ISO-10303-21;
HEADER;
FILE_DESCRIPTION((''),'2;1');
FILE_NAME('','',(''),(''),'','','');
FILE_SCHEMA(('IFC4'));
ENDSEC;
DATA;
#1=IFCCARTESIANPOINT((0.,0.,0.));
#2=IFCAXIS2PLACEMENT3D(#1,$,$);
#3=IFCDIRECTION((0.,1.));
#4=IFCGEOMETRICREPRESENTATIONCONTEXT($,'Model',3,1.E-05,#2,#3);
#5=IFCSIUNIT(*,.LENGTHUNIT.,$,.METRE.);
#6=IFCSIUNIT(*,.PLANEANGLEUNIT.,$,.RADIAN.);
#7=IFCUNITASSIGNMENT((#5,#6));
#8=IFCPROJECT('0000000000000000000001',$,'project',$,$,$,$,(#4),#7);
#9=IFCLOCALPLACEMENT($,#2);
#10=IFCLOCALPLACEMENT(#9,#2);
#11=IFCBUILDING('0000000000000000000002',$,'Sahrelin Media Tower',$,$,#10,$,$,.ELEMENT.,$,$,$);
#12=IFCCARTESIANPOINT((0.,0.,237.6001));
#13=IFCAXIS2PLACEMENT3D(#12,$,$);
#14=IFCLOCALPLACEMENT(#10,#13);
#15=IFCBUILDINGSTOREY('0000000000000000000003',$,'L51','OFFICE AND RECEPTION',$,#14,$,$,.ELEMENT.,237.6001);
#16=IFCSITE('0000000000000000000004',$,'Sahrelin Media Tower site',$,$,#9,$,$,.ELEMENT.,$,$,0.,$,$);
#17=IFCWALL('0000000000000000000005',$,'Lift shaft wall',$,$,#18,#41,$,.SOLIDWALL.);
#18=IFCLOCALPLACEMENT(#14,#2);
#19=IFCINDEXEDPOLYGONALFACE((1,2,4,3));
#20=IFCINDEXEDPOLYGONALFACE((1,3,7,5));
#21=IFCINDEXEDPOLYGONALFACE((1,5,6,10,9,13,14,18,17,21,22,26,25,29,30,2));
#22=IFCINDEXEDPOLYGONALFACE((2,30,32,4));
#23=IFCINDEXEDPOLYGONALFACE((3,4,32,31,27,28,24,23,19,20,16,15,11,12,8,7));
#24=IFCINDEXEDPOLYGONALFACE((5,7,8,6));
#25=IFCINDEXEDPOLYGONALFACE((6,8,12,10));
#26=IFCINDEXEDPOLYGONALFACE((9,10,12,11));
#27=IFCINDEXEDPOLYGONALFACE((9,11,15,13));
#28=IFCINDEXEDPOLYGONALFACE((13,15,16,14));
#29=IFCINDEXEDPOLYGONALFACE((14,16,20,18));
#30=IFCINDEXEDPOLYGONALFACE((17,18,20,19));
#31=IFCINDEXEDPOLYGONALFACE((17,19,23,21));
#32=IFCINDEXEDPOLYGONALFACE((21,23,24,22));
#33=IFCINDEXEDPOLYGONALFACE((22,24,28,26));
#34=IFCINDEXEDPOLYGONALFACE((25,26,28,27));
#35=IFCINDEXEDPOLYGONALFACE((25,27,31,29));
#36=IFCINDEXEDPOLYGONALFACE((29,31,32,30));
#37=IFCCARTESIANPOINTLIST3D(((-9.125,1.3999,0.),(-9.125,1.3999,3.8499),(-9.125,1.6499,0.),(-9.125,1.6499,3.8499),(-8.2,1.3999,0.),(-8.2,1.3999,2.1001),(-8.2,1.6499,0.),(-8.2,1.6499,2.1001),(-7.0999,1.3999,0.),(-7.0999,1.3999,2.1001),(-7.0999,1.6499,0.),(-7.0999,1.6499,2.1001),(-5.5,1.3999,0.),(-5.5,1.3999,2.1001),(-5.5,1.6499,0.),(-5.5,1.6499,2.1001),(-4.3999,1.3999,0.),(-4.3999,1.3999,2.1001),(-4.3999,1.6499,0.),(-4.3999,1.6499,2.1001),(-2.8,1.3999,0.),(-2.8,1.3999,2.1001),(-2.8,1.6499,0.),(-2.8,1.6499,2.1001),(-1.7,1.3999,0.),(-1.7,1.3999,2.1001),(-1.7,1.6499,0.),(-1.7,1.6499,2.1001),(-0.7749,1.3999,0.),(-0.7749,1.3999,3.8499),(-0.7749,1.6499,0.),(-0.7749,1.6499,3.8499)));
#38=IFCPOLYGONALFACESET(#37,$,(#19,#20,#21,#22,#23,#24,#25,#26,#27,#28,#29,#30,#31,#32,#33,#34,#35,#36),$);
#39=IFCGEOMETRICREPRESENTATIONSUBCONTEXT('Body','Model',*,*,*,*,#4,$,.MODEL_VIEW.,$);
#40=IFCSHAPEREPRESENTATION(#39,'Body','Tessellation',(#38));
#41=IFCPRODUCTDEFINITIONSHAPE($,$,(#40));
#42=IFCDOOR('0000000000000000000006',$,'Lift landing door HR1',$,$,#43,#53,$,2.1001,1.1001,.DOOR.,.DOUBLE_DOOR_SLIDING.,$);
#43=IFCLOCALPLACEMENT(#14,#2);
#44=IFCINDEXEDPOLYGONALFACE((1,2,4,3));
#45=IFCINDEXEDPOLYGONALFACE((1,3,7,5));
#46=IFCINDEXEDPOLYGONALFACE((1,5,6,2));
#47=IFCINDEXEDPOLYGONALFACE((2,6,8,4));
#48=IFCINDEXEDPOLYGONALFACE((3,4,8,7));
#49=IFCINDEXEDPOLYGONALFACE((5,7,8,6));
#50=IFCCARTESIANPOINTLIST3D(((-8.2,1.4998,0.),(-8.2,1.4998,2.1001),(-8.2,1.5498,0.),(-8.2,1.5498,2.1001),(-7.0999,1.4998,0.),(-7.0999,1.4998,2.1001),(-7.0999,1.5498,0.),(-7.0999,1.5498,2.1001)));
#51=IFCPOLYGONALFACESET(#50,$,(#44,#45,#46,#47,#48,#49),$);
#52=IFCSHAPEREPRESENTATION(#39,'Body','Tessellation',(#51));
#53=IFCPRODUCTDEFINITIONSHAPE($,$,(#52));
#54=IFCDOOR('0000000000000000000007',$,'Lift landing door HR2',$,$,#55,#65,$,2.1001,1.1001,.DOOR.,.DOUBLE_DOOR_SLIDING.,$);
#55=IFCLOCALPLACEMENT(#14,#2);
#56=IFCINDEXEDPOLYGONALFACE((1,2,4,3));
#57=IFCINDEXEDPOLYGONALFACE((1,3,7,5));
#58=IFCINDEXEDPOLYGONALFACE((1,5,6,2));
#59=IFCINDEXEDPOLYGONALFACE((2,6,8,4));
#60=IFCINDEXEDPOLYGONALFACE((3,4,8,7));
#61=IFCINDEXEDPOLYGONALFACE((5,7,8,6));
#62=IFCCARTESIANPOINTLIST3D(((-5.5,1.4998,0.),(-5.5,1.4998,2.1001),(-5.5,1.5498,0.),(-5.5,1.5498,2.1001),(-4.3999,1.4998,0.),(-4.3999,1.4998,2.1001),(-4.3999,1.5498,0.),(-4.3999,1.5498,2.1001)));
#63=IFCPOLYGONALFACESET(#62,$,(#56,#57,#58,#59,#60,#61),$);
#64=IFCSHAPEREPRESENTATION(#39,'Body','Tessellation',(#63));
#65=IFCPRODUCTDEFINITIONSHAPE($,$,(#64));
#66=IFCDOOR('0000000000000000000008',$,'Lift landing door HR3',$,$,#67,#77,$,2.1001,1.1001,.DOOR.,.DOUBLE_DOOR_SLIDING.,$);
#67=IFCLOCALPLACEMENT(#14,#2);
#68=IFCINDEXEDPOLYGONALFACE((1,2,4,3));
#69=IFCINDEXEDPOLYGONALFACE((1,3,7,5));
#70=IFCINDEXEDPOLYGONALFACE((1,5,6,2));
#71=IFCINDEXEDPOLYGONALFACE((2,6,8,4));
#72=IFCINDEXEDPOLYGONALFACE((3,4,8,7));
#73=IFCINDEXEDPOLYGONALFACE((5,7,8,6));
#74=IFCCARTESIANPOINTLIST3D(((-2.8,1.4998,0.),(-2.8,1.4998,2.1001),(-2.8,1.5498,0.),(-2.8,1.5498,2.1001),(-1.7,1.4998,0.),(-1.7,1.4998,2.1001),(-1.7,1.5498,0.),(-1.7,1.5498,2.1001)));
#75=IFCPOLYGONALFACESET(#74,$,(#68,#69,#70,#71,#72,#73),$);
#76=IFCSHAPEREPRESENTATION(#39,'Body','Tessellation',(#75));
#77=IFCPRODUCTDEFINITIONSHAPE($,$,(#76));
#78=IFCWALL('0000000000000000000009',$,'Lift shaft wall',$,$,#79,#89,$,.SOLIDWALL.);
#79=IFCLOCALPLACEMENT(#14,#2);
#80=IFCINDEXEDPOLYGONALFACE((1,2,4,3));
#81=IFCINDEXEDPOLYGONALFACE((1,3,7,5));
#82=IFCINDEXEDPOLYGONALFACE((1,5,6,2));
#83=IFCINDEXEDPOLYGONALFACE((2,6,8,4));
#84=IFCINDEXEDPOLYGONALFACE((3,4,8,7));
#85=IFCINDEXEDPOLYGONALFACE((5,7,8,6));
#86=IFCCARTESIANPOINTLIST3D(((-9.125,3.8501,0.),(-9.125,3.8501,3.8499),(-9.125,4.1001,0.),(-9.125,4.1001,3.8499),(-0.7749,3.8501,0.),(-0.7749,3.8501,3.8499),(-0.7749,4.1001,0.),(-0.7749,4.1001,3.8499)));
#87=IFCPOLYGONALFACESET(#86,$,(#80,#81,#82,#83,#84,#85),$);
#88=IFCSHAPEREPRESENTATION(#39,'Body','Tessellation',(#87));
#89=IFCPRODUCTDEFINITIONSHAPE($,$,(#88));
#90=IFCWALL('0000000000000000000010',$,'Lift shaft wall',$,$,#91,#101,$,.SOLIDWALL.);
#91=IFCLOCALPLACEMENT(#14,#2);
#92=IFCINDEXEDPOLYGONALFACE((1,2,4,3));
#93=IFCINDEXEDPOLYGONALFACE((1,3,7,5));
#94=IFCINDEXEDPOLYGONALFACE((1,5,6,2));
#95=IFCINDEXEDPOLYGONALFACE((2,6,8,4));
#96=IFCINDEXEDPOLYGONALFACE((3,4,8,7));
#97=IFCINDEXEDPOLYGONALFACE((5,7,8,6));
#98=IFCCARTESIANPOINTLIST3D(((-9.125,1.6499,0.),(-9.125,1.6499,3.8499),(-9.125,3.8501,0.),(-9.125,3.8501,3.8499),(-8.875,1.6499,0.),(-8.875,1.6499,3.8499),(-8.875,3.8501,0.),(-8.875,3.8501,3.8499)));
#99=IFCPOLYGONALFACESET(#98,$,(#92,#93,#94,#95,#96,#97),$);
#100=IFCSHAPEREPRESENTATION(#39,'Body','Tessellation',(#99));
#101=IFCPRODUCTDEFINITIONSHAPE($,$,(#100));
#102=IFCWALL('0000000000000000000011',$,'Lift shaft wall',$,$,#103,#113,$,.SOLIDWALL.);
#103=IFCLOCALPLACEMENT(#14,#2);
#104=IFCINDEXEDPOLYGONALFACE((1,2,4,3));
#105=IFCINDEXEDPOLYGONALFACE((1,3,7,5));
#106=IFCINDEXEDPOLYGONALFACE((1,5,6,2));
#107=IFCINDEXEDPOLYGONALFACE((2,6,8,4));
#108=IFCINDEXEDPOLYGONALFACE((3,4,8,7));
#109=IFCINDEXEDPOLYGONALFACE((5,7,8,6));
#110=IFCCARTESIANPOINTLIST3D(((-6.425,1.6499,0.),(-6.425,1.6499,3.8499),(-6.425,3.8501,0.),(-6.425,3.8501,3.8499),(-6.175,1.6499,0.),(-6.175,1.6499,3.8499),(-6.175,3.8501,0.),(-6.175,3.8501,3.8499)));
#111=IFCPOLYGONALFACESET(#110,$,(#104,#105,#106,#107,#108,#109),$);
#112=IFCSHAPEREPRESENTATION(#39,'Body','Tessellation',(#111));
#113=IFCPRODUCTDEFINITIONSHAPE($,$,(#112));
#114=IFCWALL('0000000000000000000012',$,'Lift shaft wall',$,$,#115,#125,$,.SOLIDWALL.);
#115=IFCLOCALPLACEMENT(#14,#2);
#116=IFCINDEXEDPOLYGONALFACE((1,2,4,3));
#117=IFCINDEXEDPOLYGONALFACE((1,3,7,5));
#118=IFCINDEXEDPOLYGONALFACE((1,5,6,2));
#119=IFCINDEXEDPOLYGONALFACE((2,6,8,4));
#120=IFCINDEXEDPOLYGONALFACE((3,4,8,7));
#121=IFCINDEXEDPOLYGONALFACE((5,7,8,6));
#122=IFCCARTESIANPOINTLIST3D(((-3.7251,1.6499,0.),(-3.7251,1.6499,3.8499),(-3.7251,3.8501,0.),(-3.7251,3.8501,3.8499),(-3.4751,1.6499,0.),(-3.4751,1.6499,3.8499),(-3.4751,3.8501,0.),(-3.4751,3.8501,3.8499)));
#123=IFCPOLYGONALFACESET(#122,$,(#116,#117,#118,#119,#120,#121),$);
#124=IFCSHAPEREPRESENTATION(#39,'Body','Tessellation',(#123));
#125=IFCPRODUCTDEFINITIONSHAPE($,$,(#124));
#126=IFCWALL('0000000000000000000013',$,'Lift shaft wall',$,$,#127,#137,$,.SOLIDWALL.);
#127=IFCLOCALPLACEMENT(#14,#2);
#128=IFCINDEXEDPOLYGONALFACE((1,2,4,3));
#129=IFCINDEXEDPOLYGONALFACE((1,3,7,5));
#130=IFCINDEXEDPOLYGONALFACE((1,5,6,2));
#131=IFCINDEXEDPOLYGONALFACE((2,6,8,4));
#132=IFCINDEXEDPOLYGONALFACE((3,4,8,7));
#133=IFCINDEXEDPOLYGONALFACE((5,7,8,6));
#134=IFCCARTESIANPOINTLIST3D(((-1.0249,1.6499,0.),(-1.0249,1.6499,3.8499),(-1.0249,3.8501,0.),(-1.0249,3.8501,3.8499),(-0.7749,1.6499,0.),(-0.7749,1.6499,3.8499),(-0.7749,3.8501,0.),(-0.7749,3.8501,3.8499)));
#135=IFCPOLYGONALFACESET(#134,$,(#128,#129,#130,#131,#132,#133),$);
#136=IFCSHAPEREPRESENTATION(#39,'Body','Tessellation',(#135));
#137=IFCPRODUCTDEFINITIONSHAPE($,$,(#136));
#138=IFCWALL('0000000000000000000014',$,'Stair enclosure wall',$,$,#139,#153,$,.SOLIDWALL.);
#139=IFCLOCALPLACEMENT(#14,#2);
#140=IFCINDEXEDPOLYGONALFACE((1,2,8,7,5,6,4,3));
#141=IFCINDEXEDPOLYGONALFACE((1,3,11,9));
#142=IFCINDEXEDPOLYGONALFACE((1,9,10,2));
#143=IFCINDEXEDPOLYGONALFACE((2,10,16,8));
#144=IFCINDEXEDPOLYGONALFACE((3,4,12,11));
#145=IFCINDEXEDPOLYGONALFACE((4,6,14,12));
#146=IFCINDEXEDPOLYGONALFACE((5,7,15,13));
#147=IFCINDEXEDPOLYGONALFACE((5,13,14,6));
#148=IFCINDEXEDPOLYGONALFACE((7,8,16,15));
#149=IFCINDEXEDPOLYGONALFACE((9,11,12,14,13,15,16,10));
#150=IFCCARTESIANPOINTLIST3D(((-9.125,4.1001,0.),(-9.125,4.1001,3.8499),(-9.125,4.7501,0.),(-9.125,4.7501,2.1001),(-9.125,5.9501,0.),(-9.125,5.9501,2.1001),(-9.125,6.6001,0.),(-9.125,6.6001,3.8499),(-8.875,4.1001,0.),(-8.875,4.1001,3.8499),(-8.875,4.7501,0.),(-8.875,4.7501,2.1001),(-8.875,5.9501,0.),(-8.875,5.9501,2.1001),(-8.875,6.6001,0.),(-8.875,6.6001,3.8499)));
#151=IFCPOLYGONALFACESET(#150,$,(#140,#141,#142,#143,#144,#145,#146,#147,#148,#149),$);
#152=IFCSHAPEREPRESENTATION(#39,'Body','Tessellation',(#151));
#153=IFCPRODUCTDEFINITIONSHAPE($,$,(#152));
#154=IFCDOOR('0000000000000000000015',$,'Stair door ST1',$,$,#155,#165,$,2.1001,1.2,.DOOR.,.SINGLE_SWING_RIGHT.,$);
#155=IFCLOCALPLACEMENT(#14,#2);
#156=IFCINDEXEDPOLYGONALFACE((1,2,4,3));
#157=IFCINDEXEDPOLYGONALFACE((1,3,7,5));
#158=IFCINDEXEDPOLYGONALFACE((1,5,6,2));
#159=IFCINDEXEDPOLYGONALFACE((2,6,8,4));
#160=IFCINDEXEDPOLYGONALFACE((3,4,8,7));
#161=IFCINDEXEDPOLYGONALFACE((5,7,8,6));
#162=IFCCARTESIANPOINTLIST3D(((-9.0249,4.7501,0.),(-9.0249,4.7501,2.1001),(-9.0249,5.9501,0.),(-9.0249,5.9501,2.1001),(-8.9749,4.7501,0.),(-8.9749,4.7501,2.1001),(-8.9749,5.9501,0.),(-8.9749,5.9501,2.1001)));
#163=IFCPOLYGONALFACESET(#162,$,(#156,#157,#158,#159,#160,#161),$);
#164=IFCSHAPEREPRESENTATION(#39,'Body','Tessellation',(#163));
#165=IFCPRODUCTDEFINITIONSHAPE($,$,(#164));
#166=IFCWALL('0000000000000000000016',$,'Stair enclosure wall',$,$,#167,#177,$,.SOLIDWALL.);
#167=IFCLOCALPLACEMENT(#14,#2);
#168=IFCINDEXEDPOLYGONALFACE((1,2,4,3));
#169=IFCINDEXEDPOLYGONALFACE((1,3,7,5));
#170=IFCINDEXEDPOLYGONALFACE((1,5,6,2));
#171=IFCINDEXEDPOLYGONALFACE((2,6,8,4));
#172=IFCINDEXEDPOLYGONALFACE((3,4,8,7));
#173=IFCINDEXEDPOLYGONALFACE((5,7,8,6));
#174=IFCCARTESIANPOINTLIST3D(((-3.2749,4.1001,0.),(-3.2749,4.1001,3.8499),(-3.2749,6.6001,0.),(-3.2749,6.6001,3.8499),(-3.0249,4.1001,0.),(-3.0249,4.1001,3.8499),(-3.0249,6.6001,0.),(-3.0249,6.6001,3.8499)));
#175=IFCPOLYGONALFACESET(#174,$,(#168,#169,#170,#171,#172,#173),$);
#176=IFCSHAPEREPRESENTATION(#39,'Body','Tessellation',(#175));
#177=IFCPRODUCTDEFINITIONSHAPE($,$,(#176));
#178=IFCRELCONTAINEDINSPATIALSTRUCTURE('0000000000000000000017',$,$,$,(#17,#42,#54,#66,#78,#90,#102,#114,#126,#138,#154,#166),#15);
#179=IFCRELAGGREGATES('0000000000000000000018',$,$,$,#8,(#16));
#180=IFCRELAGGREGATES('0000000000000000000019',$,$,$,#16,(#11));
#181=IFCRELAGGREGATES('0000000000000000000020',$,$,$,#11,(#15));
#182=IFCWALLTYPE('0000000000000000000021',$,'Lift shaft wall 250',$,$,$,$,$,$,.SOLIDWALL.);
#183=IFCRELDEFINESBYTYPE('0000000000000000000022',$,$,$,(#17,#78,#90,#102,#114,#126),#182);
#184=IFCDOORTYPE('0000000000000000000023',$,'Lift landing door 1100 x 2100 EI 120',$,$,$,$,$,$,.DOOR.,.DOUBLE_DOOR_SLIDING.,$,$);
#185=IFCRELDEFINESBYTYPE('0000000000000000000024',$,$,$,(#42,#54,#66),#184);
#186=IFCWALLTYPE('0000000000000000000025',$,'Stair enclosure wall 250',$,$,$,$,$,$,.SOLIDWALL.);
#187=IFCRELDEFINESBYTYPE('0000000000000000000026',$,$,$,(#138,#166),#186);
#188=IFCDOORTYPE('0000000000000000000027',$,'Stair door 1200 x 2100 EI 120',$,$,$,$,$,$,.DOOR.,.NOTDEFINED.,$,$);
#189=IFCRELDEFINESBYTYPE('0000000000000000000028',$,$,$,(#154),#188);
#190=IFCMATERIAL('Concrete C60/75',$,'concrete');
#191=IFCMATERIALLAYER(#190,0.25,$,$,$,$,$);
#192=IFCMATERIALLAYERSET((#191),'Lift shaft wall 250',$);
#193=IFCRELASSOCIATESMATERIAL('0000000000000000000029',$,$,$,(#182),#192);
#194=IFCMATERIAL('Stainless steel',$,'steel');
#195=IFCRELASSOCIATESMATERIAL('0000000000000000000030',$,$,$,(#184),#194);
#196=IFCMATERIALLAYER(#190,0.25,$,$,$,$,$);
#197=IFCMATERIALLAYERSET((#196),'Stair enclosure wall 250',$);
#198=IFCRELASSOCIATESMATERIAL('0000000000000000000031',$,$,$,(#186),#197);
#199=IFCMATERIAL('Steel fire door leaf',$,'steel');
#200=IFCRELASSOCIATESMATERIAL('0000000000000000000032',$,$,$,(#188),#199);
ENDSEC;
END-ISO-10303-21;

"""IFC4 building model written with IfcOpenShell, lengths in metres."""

from ifc_helpers import new_model, si_unit, direction, frame, frame_2d, origin, place, context, subcontext, project, spatial, rectangle, extrude, material, layer, layer_set, type_object, element, fill, save


model = new_model("IFC4")

# Units and contexts
model_context = context("Model", 3, precision=1e-05, world=origin(), true_north=direction((0.0, 1.0)))
body_context = subcontext(model_context, "Body", "Model", "MODEL_VIEW")
ifc_project = project(units=[si_unit("LENGTHUNIT", "METRE"), si_unit("PLANEANGLEUNIT", "RADIAN")], contexts=[model_context])

# Site, building, storey
site_placement = place(None, origin())
site = spatial("IfcSite", under=ifc_project, at=site_placement, Name="Sahrelin Media Tower site", CompositionType="ELEMENT", RefElevation=0.0)
building_placement = place(site_placement, origin())
building = spatial("IfcBuilding", under=site, at=building_placement, Name="Sahrelin Media Tower", CompositionType="ELEMENT")
storey_placement = place(building_placement, frame((0.0, 0.0, 237.6001)))
storey = spatial("IfcBuildingStorey", under=building, at=storey_placement, Name="L51", Description="OFFICE AND RECEPTION", CompositionType="ELEMENT", Elevation=237.6001)

# Shared definitions
ifc_material_1 = material(Name="Concrete C60/75", Category="concrete")

# Shared definitions
ifc_material_2 = material(Name="Steel fire door leaf", Category="steel")

# Wall, openings, doors
ifc_layer_1 = layer(ifc_material_1, 0.25)
ifc_layer_set_1 = layer_set([ifc_layer_1], Name="Lift shaft wall 250")
wall_type_1 = type_object("IfcWallType", Name="Lift shaft wall 250", PredefinedType="SOLIDWALL", material=ifc_layer_set_1)
wall_1_placement = place(storey_placement, frame((-9.125, 1.5249, 0.0), z_axis=(0.0, 0.0, 1.0), x_axis=(1.0, 0.0, 0.0)))
wall_1 = element("IfcWall", 1, at=wall_1_placement, inside=storey, type_object=wall_type_1, Name="Lift shaft wall", PredefinedType="SOLIDWALL", context=body_context, shape_type="SweptSolid", body=[
    extrude(rectangle(XDim=8.3501, YDim=0.25, at=frame_2d((4.175, 0.0))), origin(), (0.0, 0.0, 1.0), 3.8499),
])
opening_1_placement = place(wall_1_placement, frame((0.925, 0.0, 0.0)))
opening_1 = element("IfcOpeningElement", 2, at=opening_1_placement, cuts=wall_1, PredefinedType="OPENING", context=body_context, shape_type="SweptSolid", body=[
    extrude(rectangle(XDim=1.1001, YDim=2.1001, at=frame_2d((0.55, 1.05))), frame((0.0, 0.125, 0.0), z_axis=(0.0, -1.0, 0.0), x_axis=(1.0, 0.0, 0.0)), (0.0, 0.0, 1.0), 0.25),
])
opening_2_placement = place(wall_1_placement, frame((3.625, 0.0, 0.0)))
opening_2 = element("IfcOpeningElement", 3, at=opening_2_placement, cuts=wall_1, PredefinedType="OPENING", context=body_context, shape_type="SweptSolid", body=[
    extrude(rectangle(XDim=1.1001, YDim=2.1001, at=frame_2d((0.55, 1.05))), frame((0.0, 0.125, 0.0), z_axis=(0.0, -1.0, 0.0), x_axis=(1.0, 0.0, 0.0)), (0.0, 0.0, 1.0), 0.25),
])
opening_3_placement = place(wall_1_placement, frame((6.325, 0.0, 0.0)))
opening_3 = element("IfcOpeningElement", 4, at=opening_3_placement, cuts=wall_1, PredefinedType="OPENING", context=body_context, shape_type="SweptSolid", body=[
    extrude(rectangle(XDim=1.1001, YDim=2.1001, at=frame_2d((0.55, 1.05))), frame((0.0, 0.125, 0.0), z_axis=(0.0, -1.0, 0.0), x_axis=(1.0, 0.0, 0.0)), (0.0, 0.0, 1.0), 0.25),
])
ifc_material_3 = material(Name="Stainless steel", Category="steel")
door_type_1 = type_object("IfcDoorType", Name="Lift landing door 1100 x 2100 EI 120", OperationType="DOUBLE_DOOR_SLIDING", PredefinedType="DOOR", material=ifc_material_3)
door_1_placement = place(opening_1_placement, origin())
door_1 = element("IfcDoor", 5, at=door_1_placement, inside=storey, type_object=door_type_1, Name="Lift landing door HR1", OperationType="DOUBLE_DOOR_SLIDING", OverallHeight=2.1001, OverallWidth=1.1001, PredefinedType="DOOR", context=body_context, shape_type="SweptSolid", body=[
    extrude(rectangle(XDim=1.1001, YDim=2.1001, at=frame_2d((0.55, 1.05))), frame((0.0, 0.0249, 0.0), z_axis=(0.0, -1.0, 0.0), x_axis=(1.0, 0.0, 0.0)), (0.0, 0.0, 1.0), 0.05),
])
fill(opening_1, door_1)
door_2_placement = place(opening_2_placement, origin())
door_2 = element("IfcDoor", 6, at=door_2_placement, inside=storey, type_object=door_type_1, Name="Lift landing door HR2", OperationType="DOUBLE_DOOR_SLIDING", OverallHeight=2.1001, OverallWidth=1.1001, PredefinedType="DOOR", context=body_context, shape_type="SweptSolid", body=[
    extrude(rectangle(XDim=1.1001, YDim=2.1001, at=frame_2d((0.55, 1.05))), frame((0.0, 0.0249, 0.0), z_axis=(0.0, -1.0, 0.0), x_axis=(1.0, 0.0, 0.0)), (0.0, 0.0, 1.0), 0.05),
])
fill(opening_2, door_2)
door_3_placement = place(opening_3_placement, origin())
door_3 = element("IfcDoor", 7, at=door_3_placement, inside=storey, type_object=door_type_1, Name="Lift landing door HR3", OperationType="DOUBLE_DOOR_SLIDING", OverallHeight=2.1001, OverallWidth=1.1001, PredefinedType="DOOR", context=body_context, shape_type="SweptSolid", body=[
    extrude(rectangle(XDim=1.1001, YDim=2.1001, at=frame_2d((0.55, 1.05))), frame((0.0, 0.0249, 0.0), z_axis=(0.0, -1.0, 0.0), x_axis=(1.0, 0.0, 0.0)), (0.0, 0.0, 1.0), 0.05),
])
fill(opening_3, door_3)

# Walls
wall_2_placement = place(storey_placement, frame((-9.125, 3.9751, 0.0), z_axis=(0.0, 0.0, 1.0), x_axis=(1.0, 0.0, 0.0)))
element("IfcWall", 8, at=wall_2_placement, inside=storey, type_object=wall_type_1, Name="Lift shaft wall", PredefinedType="SOLIDWALL", context=body_context, shape_type="SweptSolid", body=[
    extrude(rectangle(XDim=8.3501, YDim=0.25, at=frame_2d((4.175, 0.0))), origin(), (0.0, 0.0, 1.0), 3.8499),
])
for number, where, z_axis, x_axis, name in (
    (9, (-9.0, 1.6499, 0.0), (0.0, 0.0, 1.0), (0.0, 1.0, 0.0), "Lift shaft wall"),
    (10, (-6.3, 1.6499, 0.0), (0.0, 0.0, 1.0), (0.0, 1.0, 0.0), "Lift shaft wall"),
    (11, (-3.6001, 1.6499, 0.0), (0.0, 0.0, 1.0), (0.0, 1.0, 0.0), "Lift shaft wall"),
    (12, (-0.8999, 1.6499, 0.0), (0.0, 0.0, 1.0), (0.0, 1.0, 0.0), "Lift shaft wall"),
):
    element("IfcWall", number, at=place(storey_placement, frame(where, z_axis=z_axis, x_axis=x_axis)), inside=storey, type_object=wall_type_1, Name=name, PredefinedType="SOLIDWALL", context=body_context, shape_type="SweptSolid", body=[
        extrude(rectangle(XDim=2.2002, YDim=0.25, at=frame_2d((1.1001, 0.0))), origin(), (0.0, 0.0, 1.0), 3.8499),
    ])

# Wall, opening, door
ifc_layer_2 = layer(ifc_material_1, 0.25)
ifc_layer_set_2 = layer_set([ifc_layer_2], Name="Stair enclosure wall 250")
wall_type_2 = type_object("IfcWallType", Name="Stair enclosure wall 250", PredefinedType="SOLIDWALL", material=ifc_layer_set_2)
wall_3_placement = place(storey_placement, frame((-9.0, 4.1001, 0.0), z_axis=(0.0, 0.0, 1.0), x_axis=(0.0, 1.0, 0.0)))
wall_3 = element("IfcWall", 13, at=wall_3_placement, inside=storey, type_object=wall_type_2, Name="Stair enclosure wall", PredefinedType="SOLIDWALL", context=body_context, shape_type="SweptSolid", body=[
    extrude(rectangle(XDim=2.5, YDim=0.25, at=frame_2d((1.25, 0.0))), origin(), (0.0, 0.0, 1.0), 3.8499),
])
opening_4_placement = place(wall_3_placement, frame((0.6499, 0.0, 0.0)))
opening_4 = element("IfcOpeningElement", 14, at=opening_4_placement, cuts=wall_3, PredefinedType="OPENING", context=body_context, shape_type="SweptSolid", body=[
    extrude(rectangle(XDim=1.2, YDim=2.1001, at=frame_2d((0.6001, 1.05))), frame((0.0, 0.125, 0.0), z_axis=(0.0, -1.0, 0.0), x_axis=(1.0, 0.0, 0.0)), (0.0, 0.0, 1.0), 0.25),
])
door_type_2 = type_object("IfcDoorType", Name="Stair door 1200 x 2100 EI 120", OperationType="NOTDEFINED", PredefinedType="DOOR", material=ifc_material_2)
door_4_placement = place(opening_4_placement, origin())
door_4 = element("IfcDoor", 15, at=door_4_placement, inside=storey, type_object=door_type_2, Name="Stair door ST1", OperationType="SINGLE_SWING_RIGHT", OverallHeight=2.1001, OverallWidth=1.2, PredefinedType="DOOR", context=body_context, shape_type="SweptSolid", body=[
    extrude(rectangle(XDim=1.2, YDim=2.1001, at=frame_2d((0.6001, 1.05))), frame((0.0, 0.0249, 0.0), z_axis=(0.0, -1.0, 0.0), x_axis=(1.0, 0.0, 0.0)), (0.0, 0.0, 1.0), 0.05),
])
fill(opening_4, door_4)

# Wall
wall_4_placement = place(storey_placement, frame((-3.1499, 4.1001, 0.0), z_axis=(0.0, 0.0, 1.0), x_axis=(0.0, 1.0, 0.0)))
element("IfcWall", 16, at=wall_4_placement, inside=storey, type_object=wall_type_2, Name="Stair enclosure wall", PredefinedType="SOLIDWALL", context=body_context, shape_type="SweptSolid", body=[
    extrude(rectangle(XDim=2.5, YDim=0.25, at=frame_2d((1.25, 0.0))), origin(), (0.0, 0.0, 1.0), 3.8499),
])

save(model, "model.ifc")
